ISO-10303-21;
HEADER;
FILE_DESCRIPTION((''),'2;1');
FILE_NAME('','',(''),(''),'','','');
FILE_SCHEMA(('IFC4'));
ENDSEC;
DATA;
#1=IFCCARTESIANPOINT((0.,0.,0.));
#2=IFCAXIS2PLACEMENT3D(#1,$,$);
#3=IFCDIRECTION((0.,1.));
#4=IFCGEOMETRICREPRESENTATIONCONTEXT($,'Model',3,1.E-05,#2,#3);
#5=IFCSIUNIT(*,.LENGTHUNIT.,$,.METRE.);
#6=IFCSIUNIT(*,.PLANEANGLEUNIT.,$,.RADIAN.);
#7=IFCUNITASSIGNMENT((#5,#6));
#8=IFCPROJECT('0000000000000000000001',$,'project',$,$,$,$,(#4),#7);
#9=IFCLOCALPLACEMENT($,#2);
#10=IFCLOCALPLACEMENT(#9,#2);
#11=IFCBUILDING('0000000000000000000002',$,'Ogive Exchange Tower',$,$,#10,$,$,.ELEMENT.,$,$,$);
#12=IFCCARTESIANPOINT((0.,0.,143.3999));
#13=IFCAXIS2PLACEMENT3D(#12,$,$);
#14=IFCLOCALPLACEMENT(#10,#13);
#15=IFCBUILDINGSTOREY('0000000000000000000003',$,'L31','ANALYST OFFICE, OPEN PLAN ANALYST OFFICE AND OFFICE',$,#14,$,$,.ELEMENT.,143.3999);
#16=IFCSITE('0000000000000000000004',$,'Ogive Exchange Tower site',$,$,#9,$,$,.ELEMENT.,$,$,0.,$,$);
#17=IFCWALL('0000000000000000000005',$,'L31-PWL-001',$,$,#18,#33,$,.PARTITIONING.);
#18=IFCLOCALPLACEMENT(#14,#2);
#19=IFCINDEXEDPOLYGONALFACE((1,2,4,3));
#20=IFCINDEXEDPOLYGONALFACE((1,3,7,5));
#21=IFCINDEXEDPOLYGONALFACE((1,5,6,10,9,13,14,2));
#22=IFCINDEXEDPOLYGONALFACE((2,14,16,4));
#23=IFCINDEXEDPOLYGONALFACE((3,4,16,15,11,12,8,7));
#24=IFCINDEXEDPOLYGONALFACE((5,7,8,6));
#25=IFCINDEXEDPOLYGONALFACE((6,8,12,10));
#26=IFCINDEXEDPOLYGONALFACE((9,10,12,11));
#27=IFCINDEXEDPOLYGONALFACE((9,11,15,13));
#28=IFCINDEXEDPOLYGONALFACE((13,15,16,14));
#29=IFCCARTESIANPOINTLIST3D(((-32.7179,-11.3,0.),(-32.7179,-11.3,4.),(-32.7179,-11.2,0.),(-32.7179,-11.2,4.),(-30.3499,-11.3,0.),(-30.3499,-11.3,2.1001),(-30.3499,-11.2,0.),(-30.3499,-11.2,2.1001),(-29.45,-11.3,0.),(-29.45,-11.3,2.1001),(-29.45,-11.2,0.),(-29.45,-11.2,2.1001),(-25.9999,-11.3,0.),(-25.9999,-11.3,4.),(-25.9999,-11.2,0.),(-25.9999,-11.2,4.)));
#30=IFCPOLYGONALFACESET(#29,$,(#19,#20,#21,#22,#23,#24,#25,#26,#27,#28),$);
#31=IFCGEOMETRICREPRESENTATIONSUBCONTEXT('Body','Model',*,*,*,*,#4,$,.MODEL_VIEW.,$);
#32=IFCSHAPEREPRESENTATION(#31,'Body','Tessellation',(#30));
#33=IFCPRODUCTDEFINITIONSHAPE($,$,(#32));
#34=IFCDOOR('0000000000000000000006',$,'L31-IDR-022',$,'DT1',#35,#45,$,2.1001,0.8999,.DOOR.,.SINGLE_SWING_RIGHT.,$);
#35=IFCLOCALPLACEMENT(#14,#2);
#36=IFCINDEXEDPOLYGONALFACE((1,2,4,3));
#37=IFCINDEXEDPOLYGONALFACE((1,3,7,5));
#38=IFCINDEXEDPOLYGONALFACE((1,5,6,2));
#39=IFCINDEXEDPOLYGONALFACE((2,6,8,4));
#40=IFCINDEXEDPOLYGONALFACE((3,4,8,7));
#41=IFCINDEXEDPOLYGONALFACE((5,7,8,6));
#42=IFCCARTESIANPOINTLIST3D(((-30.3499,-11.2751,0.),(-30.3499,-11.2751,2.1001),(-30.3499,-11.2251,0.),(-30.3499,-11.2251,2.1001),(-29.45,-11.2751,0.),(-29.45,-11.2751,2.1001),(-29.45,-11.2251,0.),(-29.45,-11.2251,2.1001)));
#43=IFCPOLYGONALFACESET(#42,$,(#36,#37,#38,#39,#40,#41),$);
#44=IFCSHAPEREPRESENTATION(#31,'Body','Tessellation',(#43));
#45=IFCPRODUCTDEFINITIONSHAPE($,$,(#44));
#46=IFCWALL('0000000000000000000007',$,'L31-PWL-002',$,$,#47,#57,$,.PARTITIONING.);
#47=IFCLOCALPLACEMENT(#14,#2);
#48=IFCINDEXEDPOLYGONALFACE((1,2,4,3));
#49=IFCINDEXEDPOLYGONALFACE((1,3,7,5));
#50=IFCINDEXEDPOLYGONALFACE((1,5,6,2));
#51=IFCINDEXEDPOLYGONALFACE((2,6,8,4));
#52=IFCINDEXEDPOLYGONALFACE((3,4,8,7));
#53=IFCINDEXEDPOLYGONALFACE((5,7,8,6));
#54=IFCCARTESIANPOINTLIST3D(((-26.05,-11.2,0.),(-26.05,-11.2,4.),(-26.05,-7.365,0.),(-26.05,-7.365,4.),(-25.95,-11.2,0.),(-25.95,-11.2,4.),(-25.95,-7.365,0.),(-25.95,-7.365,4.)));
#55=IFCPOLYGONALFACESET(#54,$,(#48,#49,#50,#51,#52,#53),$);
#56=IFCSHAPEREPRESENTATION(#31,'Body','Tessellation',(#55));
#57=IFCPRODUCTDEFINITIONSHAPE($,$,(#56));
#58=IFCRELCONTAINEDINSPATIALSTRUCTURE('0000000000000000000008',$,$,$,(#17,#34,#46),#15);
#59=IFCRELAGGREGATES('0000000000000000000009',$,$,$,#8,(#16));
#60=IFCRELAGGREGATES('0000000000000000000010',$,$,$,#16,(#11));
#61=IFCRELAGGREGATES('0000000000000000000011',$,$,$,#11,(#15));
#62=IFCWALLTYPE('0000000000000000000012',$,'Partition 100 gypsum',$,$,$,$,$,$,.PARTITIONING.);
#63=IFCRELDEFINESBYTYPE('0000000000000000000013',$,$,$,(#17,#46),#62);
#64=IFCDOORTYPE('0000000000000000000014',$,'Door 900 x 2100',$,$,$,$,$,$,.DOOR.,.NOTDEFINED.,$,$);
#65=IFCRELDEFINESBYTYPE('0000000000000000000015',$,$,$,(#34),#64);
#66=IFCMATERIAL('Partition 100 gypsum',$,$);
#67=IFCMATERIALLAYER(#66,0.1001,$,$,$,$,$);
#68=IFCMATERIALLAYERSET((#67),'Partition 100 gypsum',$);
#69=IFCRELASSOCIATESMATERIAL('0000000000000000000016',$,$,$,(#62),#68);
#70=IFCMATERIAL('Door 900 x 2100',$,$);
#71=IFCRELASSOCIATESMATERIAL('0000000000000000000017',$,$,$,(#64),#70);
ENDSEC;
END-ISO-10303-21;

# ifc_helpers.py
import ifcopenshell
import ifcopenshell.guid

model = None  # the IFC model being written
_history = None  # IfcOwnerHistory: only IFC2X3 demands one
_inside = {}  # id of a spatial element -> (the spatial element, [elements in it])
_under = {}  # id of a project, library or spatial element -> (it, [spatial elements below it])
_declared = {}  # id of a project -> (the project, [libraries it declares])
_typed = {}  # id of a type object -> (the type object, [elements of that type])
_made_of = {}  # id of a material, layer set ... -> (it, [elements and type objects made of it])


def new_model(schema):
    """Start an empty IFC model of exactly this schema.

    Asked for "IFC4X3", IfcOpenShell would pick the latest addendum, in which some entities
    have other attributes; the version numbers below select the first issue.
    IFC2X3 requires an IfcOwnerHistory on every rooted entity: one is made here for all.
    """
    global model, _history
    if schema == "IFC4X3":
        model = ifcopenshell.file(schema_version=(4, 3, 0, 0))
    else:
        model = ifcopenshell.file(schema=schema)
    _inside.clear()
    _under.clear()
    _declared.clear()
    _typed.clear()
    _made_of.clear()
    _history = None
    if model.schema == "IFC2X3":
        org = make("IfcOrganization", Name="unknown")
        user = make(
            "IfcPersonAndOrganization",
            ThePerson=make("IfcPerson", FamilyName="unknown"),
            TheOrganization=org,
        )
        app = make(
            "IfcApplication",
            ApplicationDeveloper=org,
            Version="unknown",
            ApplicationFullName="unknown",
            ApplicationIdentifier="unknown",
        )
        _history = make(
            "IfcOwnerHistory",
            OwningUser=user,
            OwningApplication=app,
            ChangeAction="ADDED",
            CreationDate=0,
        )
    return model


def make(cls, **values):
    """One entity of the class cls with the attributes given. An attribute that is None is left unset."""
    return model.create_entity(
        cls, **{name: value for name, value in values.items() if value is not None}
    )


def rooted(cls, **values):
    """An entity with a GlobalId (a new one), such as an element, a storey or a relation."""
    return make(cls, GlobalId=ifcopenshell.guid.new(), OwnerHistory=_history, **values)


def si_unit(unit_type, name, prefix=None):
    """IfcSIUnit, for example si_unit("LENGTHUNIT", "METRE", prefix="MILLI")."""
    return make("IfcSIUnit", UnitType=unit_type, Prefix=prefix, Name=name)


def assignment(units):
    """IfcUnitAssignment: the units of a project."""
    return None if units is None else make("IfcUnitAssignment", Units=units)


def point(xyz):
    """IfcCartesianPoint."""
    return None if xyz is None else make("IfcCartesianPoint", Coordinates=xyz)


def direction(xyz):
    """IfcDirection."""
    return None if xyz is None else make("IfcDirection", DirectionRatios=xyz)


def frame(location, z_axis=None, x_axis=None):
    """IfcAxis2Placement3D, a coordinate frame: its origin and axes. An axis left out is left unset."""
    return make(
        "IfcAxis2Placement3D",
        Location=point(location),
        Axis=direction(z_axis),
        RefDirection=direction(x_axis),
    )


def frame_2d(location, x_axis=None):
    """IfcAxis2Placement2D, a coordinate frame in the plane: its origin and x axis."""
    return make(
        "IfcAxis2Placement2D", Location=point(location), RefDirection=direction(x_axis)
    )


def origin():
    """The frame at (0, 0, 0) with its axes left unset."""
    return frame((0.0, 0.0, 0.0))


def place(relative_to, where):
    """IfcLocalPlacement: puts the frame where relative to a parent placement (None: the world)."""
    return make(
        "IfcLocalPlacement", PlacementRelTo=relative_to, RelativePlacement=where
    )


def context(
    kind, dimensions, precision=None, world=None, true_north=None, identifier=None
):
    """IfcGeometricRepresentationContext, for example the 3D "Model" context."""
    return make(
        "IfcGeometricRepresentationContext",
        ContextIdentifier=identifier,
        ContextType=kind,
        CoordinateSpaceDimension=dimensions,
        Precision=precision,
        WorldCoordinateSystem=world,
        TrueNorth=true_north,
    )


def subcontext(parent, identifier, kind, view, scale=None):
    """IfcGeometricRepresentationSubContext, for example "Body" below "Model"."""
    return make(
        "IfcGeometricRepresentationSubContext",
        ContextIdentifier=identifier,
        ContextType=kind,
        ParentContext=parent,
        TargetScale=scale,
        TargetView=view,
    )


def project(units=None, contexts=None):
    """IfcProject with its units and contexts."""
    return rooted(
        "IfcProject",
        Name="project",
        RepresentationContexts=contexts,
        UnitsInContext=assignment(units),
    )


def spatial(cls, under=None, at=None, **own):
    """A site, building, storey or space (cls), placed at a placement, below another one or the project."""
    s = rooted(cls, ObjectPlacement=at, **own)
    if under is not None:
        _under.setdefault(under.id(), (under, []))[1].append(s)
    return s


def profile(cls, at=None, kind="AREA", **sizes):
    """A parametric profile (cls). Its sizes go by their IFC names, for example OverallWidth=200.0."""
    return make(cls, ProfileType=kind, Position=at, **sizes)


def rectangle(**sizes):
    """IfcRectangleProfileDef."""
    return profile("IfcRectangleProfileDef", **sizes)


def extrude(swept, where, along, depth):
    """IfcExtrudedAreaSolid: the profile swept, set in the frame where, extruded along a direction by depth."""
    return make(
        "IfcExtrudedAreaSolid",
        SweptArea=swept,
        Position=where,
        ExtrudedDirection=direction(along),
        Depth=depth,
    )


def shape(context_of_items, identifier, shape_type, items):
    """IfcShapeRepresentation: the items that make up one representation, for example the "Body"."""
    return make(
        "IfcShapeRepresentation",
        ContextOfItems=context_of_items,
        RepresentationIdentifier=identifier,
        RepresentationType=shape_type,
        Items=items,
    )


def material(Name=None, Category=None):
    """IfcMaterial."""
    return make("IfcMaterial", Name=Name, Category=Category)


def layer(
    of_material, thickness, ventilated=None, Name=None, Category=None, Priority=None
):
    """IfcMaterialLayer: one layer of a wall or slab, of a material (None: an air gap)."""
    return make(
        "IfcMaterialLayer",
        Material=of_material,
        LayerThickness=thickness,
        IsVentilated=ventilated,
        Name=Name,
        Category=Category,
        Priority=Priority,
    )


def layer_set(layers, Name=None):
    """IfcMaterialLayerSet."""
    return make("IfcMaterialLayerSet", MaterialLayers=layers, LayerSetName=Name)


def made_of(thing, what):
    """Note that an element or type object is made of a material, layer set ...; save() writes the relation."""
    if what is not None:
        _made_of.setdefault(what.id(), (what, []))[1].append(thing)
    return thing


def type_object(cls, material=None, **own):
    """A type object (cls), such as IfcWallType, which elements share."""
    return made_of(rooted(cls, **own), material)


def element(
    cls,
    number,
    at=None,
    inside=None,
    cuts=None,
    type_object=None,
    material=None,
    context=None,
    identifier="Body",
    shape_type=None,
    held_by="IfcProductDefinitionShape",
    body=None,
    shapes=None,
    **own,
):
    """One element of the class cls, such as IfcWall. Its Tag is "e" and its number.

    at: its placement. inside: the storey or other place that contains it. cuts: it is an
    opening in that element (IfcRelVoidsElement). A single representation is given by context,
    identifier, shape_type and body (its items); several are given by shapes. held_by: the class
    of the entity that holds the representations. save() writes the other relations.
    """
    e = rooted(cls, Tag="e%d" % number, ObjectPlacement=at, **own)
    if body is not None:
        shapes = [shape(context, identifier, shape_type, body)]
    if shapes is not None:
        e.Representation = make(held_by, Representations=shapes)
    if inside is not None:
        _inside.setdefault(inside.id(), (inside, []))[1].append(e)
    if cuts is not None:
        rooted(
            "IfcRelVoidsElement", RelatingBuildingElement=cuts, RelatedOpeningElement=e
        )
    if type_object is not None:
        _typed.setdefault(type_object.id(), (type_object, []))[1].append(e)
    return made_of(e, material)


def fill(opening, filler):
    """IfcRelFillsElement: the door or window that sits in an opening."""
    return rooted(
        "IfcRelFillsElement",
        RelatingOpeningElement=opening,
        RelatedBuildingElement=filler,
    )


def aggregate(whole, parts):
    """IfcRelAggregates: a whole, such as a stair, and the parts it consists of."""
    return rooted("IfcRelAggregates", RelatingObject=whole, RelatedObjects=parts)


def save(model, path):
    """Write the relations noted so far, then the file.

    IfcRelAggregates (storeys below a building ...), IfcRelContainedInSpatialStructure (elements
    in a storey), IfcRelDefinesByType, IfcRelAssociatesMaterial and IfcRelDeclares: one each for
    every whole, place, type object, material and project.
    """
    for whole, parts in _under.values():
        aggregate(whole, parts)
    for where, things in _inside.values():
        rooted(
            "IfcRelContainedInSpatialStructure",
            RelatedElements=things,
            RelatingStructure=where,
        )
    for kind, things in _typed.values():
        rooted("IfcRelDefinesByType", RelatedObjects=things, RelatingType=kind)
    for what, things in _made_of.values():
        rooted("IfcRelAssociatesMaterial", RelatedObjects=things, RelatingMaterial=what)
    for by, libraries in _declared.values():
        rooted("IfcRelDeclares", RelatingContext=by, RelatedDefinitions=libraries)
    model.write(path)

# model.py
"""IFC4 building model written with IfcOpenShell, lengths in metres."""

from ifc_helpers import new_model, si_unit, direction, frame, frame_2d, origin, place, context, subcontext, project, spatial, rectangle, extrude, material, layer, layer_set, type_object, element, fill, save


model = new_model("IFC4")

# Units and contexts
model_context = context("Model", 3, precision=1e-05, world=origin(), true_north=direction((0.0, 1.0)))
body_context = subcontext(model_context, "Body", "Model", "MODEL_VIEW")
ifc_project = project(units=[si_unit("LENGTHUNIT", "METRE"), si_unit("PLANEANGLEUNIT", "RADIAN")], contexts=[model_context])

# Site, building, storey
site_placement = place(None, origin())
site = spatial("IfcSite", under=ifc_project, at=site_placement, Name="Ogive Exchange Tower site", CompositionType="ELEMENT", RefElevation=0.0)
building_placement = place(site_placement, origin())
building = spatial("IfcBuilding", under=site, at=building_placement, Name="Ogive Exchange Tower", CompositionType="ELEMENT")
storey_placement = place(building_placement, frame((0.0, 0.0, 143.3999)))
storey = spatial("IfcBuildingStorey", under=building, at=storey_placement, Name="L31", Description="ANALYST OFFICE, OPEN PLAN ANALYST OFFICE AND OFFICE", CompositionType="ELEMENT", Elevation=143.3999)

# Wall, opening, door
ifc_material_1 = material(Name="Partition 100 gypsum")
ifc_layer_1 = layer(ifc_material_1, 0.1001)
ifc_layer_set_1 = layer_set([ifc_layer_1], Name="Partition 100 gypsum")
wall_type_1 = type_object("IfcWallType", Name="Partition 100 gypsum", PredefinedType="PARTITIONING", material=ifc_layer_set_1)
wall_1_placement = place(storey_placement, frame((-26.0, -11.25, 0.0), z_axis=(0.0, 0.0, 1.0), x_axis=(-1.0, 0.0, 0.0)))
wall_1 = element("IfcWall", 1, at=wall_1_placement, inside=storey, type_object=wall_type_1, Name="L31-PWL-001", PredefinedType="PARTITIONING", context=body_context, shape_type="SweptSolid", body=[
    extrude(rectangle(XDim=6.718, YDim=0.1001, at=frame_2d((3.3589, 0.0))), origin(), (0.0, 0.0, 1.0), 4.0),
])
opening_1_placement = place(wall_1_placement, frame((3.45, 0.0, 0.0)))
opening_1 = element("IfcOpeningElement", 2, at=opening_1_placement, cuts=wall_1, PredefinedType="OPENING", context=body_context, shape_type="SweptSolid", body=[
    extrude(rectangle(XDim=0.8999, YDim=2.1001, at=frame_2d((0.45, 1.05))), frame((0.0, 0.0601, 0.0), z_axis=(0.0, -1.0, 0.0), x_axis=(1.0, 0.0, 0.0)), (0.0, 0.0, 1.0), 0.1201),
])
ifc_material_2 = material(Name="Door 900 x 2100")
door_type_1 = type_object("IfcDoorType", Name="Door 900 x 2100", OperationType="NOTDEFINED", PredefinedType="DOOR", material=ifc_material_2)
door_1_placement = place(opening_1_placement, frame((0.8999, 0.0, 0.0), z_axis=(0.0, 0.0, 1.0), x_axis=(-1.0, 0.0, 0.0)))
door_1 = element("IfcDoor", 3, at=door_1_placement, inside=storey, type_object=door_type_1, Name="L31-IDR-022", ObjectType="DT1", OperationType="SINGLE_SWING_RIGHT", OverallHeight=2.1001, OverallWidth=0.8999, PredefinedType="DOOR", context=body_context, shape_type="SweptSolid", body=[
    extrude(rectangle(XDim=0.8999, YDim=2.1001, at=frame_2d((0.45, 1.05))), frame((0.0, 0.0249, 0.0), z_axis=(0.0, -1.0, 0.0), x_axis=(1.0, 0.0, 0.0)), (0.0, 0.0, 1.0), 0.05),
])
fill(opening_1, door_1)

# Wall
wall_2_placement = place(storey_placement, frame((-26.0, -11.2, 0.0), z_axis=(0.0, 0.0, 1.0), x_axis=(0.0, 1.0, 0.0)))
element("IfcWall", 4, at=wall_2_placement, inside=storey, type_object=wall_type_1, Name="L31-PWL-002", PredefinedType="PARTITIONING", context=body_context, shape_type="SweptSolid", body=[
    extrude(rectangle(XDim=3.835, YDim=0.1001, at=frame_2d((1.9175, 0.0))), origin(), (0.0, 0.0, 1.0), 4.0),
])

save(model, "model.ifc")
